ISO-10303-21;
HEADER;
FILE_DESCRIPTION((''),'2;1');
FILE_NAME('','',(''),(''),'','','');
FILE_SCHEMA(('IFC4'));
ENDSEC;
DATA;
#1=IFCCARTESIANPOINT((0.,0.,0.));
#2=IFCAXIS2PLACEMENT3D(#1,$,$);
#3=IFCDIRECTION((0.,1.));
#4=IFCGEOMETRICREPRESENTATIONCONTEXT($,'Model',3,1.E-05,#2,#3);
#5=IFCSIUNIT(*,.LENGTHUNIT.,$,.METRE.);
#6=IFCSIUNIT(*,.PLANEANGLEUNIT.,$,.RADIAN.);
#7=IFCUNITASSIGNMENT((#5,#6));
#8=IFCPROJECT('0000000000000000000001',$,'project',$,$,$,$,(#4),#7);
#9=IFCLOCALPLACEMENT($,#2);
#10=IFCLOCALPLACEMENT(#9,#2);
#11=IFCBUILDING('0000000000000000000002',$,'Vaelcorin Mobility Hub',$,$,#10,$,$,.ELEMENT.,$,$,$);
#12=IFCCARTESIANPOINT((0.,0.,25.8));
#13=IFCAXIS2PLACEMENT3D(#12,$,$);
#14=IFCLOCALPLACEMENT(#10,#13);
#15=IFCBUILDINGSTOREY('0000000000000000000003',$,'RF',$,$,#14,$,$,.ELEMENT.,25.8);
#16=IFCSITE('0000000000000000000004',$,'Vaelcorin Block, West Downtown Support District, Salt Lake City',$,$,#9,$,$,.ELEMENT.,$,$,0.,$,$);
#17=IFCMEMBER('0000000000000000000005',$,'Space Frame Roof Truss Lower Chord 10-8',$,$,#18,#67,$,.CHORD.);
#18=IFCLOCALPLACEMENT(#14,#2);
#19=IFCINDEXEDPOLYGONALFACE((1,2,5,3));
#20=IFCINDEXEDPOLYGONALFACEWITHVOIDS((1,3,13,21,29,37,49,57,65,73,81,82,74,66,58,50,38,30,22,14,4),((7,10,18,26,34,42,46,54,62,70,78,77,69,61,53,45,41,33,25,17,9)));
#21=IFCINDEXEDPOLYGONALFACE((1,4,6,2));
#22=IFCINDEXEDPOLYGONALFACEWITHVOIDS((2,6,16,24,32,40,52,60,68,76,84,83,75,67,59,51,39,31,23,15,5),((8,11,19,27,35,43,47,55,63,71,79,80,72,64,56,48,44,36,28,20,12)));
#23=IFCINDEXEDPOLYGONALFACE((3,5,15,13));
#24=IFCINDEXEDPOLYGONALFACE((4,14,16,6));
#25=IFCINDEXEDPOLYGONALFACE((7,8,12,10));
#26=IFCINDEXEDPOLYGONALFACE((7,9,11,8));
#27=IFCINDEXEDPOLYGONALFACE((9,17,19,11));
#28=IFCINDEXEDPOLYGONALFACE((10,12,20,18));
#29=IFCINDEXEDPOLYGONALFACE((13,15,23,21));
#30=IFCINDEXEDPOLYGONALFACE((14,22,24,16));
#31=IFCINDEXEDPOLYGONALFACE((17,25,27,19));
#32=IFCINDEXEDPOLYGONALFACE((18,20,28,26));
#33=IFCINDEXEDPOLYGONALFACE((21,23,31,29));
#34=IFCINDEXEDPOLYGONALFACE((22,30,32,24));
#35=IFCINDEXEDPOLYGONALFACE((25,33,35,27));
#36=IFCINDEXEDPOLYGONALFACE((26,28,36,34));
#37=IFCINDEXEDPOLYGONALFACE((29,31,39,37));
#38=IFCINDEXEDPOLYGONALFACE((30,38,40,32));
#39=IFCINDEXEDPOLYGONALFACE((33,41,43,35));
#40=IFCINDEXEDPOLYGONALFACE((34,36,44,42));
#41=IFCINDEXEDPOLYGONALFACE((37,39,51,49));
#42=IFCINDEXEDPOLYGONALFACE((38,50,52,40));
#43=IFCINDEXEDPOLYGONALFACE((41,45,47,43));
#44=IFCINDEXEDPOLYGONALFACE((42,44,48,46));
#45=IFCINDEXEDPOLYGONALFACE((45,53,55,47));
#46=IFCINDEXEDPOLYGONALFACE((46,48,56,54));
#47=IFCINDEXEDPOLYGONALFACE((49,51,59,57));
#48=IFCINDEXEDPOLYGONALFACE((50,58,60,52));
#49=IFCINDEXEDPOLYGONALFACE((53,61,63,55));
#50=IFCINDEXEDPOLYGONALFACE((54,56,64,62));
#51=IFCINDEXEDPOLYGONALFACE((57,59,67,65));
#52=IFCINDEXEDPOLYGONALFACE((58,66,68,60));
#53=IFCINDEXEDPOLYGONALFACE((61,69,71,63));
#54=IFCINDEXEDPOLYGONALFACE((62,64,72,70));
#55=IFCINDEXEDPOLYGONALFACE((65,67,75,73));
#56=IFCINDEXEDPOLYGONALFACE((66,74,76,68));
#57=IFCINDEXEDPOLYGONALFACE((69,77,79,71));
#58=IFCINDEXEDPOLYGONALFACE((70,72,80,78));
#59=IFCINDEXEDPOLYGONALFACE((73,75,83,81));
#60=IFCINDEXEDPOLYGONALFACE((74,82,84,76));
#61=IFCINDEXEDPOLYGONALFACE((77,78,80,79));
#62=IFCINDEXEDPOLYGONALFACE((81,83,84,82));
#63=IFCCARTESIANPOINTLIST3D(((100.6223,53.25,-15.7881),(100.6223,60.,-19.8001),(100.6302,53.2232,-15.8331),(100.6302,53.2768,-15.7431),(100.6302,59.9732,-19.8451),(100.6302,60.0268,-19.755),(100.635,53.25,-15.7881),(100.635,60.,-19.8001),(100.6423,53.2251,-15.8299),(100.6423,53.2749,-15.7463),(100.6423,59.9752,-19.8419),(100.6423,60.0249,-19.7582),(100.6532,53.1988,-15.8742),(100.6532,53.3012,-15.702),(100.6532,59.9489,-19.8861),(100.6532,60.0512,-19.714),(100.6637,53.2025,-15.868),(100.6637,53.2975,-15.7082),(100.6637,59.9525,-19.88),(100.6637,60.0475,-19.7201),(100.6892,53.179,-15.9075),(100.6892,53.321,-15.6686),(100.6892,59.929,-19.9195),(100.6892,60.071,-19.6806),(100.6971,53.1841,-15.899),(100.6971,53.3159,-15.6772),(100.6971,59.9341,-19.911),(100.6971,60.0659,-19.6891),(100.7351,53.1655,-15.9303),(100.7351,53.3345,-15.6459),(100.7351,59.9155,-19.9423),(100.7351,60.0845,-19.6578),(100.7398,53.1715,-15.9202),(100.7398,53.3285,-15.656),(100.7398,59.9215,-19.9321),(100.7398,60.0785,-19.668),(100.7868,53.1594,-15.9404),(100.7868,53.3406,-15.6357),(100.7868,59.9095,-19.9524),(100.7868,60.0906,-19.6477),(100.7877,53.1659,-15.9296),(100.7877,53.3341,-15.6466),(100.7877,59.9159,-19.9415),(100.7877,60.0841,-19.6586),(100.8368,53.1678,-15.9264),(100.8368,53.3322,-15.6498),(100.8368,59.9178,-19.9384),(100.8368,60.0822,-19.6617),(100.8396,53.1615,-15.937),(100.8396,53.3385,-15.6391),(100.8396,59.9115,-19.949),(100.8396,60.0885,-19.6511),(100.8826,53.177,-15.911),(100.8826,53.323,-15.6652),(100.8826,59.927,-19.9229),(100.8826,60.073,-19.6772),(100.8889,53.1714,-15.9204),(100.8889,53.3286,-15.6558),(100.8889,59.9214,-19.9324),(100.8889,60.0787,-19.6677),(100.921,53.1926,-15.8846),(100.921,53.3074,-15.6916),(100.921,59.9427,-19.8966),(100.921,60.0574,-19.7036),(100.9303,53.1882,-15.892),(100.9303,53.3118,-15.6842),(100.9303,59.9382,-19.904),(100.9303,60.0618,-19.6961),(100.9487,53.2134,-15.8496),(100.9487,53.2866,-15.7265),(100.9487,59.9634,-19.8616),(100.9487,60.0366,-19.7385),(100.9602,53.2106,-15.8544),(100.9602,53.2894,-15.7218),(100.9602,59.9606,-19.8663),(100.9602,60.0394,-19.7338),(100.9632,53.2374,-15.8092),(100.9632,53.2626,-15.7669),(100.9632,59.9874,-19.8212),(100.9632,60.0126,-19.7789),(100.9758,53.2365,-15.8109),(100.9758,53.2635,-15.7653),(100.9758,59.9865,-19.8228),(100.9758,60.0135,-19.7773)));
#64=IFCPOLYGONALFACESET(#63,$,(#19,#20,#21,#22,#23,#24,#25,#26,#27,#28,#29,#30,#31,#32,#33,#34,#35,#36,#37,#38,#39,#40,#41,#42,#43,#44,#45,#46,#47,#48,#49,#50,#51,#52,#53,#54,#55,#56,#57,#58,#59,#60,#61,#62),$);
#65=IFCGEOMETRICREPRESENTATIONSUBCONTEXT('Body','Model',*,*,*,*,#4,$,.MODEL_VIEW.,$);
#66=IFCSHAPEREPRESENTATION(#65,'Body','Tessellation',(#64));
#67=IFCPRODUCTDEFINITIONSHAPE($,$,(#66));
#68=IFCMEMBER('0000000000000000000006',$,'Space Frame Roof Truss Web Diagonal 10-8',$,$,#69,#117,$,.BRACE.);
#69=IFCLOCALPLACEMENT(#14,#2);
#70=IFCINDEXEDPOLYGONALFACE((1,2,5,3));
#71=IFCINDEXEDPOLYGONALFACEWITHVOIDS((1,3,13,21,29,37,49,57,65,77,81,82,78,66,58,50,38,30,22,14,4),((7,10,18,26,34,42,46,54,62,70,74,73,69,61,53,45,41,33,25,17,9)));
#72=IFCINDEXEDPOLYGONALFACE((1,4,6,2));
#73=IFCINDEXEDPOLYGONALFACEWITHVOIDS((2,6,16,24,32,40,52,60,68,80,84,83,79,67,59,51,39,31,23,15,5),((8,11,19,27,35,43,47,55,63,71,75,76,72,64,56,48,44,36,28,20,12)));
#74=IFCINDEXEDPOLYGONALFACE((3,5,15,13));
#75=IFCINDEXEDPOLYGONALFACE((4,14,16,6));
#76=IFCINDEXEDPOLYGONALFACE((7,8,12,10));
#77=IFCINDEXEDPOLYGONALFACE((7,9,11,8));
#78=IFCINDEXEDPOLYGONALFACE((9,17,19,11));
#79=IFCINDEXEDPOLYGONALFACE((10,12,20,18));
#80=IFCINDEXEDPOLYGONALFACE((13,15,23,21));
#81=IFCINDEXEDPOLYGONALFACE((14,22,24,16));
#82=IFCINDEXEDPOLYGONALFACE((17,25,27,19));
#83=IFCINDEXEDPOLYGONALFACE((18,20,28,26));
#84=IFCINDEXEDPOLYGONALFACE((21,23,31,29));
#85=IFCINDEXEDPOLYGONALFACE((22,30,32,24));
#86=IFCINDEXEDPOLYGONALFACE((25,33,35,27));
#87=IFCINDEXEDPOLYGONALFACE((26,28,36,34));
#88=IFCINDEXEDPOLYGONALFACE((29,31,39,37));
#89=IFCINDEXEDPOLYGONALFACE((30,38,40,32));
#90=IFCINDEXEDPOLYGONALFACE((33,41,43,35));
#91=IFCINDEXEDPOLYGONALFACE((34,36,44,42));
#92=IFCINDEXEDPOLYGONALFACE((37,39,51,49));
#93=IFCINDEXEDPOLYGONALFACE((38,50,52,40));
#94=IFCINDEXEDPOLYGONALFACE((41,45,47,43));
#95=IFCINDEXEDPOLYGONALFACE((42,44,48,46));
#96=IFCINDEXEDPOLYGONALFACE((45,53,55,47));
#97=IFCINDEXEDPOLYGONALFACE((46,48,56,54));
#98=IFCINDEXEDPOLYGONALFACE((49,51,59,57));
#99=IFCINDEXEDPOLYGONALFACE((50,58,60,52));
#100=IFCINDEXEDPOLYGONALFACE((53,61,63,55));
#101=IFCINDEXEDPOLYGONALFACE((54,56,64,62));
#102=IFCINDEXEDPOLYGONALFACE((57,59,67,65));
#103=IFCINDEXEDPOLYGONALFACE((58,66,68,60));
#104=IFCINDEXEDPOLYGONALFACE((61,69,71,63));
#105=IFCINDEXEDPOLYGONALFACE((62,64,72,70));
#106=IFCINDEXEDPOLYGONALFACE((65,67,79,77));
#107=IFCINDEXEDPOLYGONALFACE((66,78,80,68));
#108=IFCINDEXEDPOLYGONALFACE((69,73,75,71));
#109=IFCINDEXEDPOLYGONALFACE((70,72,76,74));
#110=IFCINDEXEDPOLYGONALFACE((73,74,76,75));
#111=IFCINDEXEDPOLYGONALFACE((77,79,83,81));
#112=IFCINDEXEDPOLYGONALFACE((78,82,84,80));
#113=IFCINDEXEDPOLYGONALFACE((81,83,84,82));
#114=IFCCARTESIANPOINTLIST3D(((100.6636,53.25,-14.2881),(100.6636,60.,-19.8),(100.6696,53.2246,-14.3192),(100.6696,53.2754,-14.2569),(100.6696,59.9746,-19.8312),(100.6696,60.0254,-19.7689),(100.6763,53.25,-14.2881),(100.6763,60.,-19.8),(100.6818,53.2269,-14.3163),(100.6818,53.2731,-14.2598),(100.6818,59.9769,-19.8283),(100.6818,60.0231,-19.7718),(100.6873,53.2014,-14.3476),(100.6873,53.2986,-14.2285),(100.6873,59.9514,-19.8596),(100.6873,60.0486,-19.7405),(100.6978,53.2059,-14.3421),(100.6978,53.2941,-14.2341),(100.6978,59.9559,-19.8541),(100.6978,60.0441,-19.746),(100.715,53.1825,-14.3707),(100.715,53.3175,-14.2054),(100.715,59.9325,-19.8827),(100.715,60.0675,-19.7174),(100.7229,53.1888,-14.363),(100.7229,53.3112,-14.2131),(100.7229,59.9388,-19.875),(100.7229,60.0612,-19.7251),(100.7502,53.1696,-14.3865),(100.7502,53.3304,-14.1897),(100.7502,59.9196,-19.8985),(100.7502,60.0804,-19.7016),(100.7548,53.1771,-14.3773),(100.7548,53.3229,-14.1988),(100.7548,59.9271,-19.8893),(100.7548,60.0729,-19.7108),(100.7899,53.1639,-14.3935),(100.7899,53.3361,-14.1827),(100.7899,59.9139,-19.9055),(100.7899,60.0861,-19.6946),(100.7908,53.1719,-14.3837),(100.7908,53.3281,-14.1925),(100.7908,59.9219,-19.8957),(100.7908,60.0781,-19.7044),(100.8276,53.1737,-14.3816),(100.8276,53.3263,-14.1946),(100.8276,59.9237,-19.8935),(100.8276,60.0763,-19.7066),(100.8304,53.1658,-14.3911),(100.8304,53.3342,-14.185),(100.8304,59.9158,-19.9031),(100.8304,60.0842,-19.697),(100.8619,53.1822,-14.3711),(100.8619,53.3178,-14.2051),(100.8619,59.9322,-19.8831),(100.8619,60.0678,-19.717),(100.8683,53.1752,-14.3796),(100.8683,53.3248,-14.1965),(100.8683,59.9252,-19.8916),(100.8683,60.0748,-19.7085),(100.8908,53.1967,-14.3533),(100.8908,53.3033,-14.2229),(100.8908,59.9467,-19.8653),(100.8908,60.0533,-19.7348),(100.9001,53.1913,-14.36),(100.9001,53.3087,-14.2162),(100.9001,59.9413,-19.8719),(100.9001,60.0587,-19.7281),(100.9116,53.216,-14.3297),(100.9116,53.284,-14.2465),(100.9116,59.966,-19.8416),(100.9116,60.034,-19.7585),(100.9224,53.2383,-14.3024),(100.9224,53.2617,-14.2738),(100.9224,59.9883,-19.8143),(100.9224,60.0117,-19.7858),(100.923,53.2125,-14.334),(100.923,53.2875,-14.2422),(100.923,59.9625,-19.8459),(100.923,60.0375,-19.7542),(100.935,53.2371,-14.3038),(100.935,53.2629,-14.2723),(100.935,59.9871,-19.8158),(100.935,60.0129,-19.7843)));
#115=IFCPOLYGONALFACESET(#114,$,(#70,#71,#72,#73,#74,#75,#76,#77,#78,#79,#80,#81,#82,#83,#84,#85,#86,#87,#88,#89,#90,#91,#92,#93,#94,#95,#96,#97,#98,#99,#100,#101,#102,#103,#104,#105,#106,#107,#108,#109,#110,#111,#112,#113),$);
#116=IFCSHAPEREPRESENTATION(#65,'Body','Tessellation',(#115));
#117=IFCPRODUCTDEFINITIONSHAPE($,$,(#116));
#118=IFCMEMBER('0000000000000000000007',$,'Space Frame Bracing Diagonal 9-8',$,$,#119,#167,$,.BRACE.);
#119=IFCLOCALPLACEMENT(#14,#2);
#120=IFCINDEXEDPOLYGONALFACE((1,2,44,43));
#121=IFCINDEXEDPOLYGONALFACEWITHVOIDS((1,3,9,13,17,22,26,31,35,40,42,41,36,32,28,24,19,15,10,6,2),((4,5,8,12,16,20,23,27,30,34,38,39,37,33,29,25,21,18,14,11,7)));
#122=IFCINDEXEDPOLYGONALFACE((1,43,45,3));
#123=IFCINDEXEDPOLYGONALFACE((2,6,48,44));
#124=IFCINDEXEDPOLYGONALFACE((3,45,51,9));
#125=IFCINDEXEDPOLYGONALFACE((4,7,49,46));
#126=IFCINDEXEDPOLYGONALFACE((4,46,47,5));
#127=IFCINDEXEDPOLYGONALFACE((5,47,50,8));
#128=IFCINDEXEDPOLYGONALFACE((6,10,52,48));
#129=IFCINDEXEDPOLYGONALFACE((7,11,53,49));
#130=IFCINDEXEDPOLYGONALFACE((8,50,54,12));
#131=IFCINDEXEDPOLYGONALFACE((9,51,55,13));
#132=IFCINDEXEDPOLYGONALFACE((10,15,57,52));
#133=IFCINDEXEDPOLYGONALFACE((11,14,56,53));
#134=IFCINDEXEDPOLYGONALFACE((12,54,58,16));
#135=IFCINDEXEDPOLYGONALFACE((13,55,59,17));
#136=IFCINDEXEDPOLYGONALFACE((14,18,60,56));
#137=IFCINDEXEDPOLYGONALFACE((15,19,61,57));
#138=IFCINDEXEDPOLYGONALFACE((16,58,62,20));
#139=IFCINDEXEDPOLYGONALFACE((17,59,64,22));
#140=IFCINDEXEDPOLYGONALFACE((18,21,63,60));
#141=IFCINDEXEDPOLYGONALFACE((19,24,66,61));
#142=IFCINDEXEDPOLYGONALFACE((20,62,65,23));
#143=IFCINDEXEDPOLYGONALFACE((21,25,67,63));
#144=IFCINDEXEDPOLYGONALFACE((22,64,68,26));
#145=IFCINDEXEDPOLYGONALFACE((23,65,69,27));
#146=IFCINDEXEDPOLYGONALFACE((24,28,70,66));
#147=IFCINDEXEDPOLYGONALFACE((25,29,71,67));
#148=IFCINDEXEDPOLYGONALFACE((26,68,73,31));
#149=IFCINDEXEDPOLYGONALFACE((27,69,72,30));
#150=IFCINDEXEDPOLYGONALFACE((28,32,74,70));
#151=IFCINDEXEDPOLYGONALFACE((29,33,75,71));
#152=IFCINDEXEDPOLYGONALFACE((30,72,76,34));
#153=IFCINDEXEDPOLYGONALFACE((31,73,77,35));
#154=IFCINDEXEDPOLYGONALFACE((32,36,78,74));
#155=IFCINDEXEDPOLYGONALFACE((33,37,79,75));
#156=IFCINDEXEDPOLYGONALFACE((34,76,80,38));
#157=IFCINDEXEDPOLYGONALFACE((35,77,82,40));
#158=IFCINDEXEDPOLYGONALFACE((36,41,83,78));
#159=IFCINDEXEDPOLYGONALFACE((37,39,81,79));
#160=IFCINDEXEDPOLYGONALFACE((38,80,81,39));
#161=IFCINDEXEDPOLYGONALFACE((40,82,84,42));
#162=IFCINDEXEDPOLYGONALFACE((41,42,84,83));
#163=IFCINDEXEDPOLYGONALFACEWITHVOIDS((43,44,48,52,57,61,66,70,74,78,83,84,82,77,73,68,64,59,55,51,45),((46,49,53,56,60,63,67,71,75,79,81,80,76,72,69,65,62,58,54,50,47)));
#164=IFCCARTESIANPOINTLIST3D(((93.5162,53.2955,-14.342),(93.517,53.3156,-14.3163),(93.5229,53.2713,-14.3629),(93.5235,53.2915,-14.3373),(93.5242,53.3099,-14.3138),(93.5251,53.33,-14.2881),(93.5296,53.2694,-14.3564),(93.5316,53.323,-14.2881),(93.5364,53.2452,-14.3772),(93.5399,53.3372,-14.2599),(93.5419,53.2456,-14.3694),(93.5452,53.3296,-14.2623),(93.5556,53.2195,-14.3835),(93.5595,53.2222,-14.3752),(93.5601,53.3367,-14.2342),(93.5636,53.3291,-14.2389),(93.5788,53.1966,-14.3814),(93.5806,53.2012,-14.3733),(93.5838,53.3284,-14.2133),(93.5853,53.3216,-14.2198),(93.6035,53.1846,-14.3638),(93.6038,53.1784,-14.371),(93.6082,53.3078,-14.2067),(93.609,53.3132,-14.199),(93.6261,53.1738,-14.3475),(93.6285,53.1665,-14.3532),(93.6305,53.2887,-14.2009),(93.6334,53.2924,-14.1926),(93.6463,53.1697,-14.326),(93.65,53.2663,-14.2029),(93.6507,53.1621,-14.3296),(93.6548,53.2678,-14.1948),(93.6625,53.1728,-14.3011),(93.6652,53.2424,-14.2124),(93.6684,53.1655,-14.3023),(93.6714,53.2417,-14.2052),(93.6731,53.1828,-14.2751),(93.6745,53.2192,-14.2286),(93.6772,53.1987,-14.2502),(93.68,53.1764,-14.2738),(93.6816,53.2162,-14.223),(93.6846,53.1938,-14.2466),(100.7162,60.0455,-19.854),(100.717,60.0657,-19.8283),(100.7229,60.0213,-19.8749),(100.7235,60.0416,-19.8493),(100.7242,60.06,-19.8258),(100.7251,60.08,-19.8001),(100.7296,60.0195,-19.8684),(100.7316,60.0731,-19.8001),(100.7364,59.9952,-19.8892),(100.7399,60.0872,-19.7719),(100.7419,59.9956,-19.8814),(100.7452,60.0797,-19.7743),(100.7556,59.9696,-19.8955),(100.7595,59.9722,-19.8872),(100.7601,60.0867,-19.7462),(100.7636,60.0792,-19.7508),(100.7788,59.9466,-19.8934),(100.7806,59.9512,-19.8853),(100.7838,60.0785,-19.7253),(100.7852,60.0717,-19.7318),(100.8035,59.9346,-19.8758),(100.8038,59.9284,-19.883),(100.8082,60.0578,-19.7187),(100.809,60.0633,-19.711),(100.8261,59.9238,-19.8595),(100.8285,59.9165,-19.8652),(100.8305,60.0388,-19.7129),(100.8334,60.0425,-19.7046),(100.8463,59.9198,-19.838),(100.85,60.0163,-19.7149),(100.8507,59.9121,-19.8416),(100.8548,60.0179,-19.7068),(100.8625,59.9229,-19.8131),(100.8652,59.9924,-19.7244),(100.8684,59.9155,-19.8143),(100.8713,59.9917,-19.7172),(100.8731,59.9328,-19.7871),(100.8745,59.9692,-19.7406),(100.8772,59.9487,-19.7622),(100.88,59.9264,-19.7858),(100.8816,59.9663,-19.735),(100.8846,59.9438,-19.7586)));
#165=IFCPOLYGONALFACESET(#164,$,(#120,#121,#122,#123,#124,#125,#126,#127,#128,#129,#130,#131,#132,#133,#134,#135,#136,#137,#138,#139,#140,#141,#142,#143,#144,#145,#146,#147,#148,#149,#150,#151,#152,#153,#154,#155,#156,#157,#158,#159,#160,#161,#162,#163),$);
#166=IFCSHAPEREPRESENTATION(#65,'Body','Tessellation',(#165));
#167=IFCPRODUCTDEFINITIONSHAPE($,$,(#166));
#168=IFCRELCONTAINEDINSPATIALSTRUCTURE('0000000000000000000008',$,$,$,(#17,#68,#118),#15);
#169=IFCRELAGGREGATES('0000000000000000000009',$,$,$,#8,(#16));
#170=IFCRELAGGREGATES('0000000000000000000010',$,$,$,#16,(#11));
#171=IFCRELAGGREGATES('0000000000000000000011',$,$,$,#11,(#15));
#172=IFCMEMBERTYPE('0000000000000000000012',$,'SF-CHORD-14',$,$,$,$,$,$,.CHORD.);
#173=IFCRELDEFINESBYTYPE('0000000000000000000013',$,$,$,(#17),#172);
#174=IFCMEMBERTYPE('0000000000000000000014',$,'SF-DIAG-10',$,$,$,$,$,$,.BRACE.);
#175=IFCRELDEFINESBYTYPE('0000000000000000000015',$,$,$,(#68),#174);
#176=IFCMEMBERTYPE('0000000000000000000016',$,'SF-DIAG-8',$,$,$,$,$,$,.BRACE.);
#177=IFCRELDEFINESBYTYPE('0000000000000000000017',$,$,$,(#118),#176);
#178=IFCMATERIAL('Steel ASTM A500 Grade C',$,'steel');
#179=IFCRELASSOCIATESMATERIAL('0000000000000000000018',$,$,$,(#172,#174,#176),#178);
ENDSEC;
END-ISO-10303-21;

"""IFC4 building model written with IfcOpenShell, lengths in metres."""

from ifc_helpers import new_model, si_unit, direction, frame, origin, origin_2d, place, context, subcontext, project, spatial, hollow_circle, extrude, material, material_profile, profile_set, type_object, element, save


model = new_model("IFC4")

# Units and contexts
model_context = context("Model", 3, precision=1e-05, world=origin(), true_north=direction((0.0, 1.0)))
body_context = subcontext(model_context, "Body", "Model", "MODEL_VIEW")
ifc_project = project(units=[si_unit("LENGTHUNIT", "METRE"), si_unit("PLANEANGLEUNIT", "RADIAN")], contexts=[model_context])

# Site, building, storey
site_placement = place(None, origin())
site = spatial("IfcSite", under=ifc_project, at=site_placement, Name="Vaelcorin Block, West Downtown Support District, Salt Lake City", CompositionType="ELEMENT", RefElevation=0.0)
building_placement = place(site_placement, origin())
building = spatial("IfcBuilding", under=site, at=building_placement, Name="Vaelcorin Mobility Hub", CompositionType="ELEMENT")
storey_placement = place(building_placement, frame((0.0, 0.0, 25.8)))
storey = spatial("IfcBuildingStorey", under=building, at=storey_placement, Name="RF", CompositionType="ELEMENT", Elevation=25.8)

# Members
ifc_material_1 = material(Name="Steel ASTM A500 Grade C", Category="steel")
ifc_material_profile_1 = material_profile(ifc_material_1, hollow_circle(Radius=0.1777, WallThickness=0.0127, at=origin_2d()), Name="HSS14.000X0.500")
ifc_profile_set_1 = profile_set([ifc_material_profile_1], Name="Steel ASTM A500 Grade C")
member_type_1 = type_object("IfcMemberType", Name="SF-CHORD-14", PredefinedType="CHORD", material=ifc_profile_set_1)
member_1_placement = place(storey_placement, frame((100.8, 53.25, -15.7881), z_axis=(0.0, 0.859623, -0.510929), x_axis=(-1.0, 0.0, 0.0)))
element("IfcMember", 1, at=member_1_placement, inside=storey, type_object=member_type_1, Name="Space Frame Roof Truss Lower Chord 10-8", PredefinedType="CHORD", context=body_context, shape_type="SweptSolid", body=[
    extrude(hollow_circle(Radius=0.1777, WallThickness=0.0127, at=origin_2d()), origin(), (0.0, 0.0, 1.0), 7.8523),
])
ifc_material_profile_2 = material_profile(ifc_material_1, hollow_circle(Radius=0.1365, WallThickness=0.0127, at=origin_2d()), Name="HSS10.750X0.500")
ifc_profile_set_2 = profile_set([ifc_material_profile_2], Name="Steel ASTM A500 Grade C")
member_type_2 = type_object("IfcMemberType", Name="SF-DIAG-10", PredefinedType="BRACE", material=ifc_profile_set_2)
member_2_placement = place(storey_placement, frame((100.8, 53.25, -14.2881), z_axis=(0.0, 0.774562, -0.632498), x_axis=(-1.0, 0.0, 0.0)))
element("IfcMember", 2, at=member_2_placement, inside=storey, type_object=member_type_2, Name="Space Frame Roof Truss Web Diagonal 10-8", PredefinedType="BRACE", context=body_context, shape_type="SweptSolid", body=[
    extrude(hollow_circle(Radius=0.1365, WallThickness=0.0127, at=origin_2d()), origin(), (0.0, 0.0, 1.0), 8.7146),
])
ifc_material_profile_3 = material_profile(ifc_material_1, hollow_circle(Radius=0.1096, WallThickness=0.0095, at=origin_2d()), Name="HSS8.625X0.375")
ifc_profile_set_3 = profile_set([ifc_material_profile_3], Name="Steel ASTM A500 Grade C")
member_type_3 = type_object("IfcMemberType", Name="SF-DIAG-8", PredefinedType="BRACE", material=ifc_profile_set_3)
for number, where, z_axis, x_axis, name in (
    (3, (93.6001, 53.25, -14.2881), (0.636931, 0.597126, -0.487606), (-0.683944, 0.729535, 0.0), "Space Frame Bracing Diagonal 9-8"),
):
    element("IfcMember", number, at=place(storey_placement, frame(where, z_axis=z_axis, x_axis=x_axis)), inside=storey, type_object=member_type_3, Name=name, PredefinedType="BRACE", context=body_context, shape_type="SweptSolid", body=[
        extrude(hollow_circle(Radius=0.1096, WallThickness=0.0095, at=origin_2d()), origin(), (0.0, 0.0, 1.0), 11.3042),
    ])

save(model, "model.ifc")
